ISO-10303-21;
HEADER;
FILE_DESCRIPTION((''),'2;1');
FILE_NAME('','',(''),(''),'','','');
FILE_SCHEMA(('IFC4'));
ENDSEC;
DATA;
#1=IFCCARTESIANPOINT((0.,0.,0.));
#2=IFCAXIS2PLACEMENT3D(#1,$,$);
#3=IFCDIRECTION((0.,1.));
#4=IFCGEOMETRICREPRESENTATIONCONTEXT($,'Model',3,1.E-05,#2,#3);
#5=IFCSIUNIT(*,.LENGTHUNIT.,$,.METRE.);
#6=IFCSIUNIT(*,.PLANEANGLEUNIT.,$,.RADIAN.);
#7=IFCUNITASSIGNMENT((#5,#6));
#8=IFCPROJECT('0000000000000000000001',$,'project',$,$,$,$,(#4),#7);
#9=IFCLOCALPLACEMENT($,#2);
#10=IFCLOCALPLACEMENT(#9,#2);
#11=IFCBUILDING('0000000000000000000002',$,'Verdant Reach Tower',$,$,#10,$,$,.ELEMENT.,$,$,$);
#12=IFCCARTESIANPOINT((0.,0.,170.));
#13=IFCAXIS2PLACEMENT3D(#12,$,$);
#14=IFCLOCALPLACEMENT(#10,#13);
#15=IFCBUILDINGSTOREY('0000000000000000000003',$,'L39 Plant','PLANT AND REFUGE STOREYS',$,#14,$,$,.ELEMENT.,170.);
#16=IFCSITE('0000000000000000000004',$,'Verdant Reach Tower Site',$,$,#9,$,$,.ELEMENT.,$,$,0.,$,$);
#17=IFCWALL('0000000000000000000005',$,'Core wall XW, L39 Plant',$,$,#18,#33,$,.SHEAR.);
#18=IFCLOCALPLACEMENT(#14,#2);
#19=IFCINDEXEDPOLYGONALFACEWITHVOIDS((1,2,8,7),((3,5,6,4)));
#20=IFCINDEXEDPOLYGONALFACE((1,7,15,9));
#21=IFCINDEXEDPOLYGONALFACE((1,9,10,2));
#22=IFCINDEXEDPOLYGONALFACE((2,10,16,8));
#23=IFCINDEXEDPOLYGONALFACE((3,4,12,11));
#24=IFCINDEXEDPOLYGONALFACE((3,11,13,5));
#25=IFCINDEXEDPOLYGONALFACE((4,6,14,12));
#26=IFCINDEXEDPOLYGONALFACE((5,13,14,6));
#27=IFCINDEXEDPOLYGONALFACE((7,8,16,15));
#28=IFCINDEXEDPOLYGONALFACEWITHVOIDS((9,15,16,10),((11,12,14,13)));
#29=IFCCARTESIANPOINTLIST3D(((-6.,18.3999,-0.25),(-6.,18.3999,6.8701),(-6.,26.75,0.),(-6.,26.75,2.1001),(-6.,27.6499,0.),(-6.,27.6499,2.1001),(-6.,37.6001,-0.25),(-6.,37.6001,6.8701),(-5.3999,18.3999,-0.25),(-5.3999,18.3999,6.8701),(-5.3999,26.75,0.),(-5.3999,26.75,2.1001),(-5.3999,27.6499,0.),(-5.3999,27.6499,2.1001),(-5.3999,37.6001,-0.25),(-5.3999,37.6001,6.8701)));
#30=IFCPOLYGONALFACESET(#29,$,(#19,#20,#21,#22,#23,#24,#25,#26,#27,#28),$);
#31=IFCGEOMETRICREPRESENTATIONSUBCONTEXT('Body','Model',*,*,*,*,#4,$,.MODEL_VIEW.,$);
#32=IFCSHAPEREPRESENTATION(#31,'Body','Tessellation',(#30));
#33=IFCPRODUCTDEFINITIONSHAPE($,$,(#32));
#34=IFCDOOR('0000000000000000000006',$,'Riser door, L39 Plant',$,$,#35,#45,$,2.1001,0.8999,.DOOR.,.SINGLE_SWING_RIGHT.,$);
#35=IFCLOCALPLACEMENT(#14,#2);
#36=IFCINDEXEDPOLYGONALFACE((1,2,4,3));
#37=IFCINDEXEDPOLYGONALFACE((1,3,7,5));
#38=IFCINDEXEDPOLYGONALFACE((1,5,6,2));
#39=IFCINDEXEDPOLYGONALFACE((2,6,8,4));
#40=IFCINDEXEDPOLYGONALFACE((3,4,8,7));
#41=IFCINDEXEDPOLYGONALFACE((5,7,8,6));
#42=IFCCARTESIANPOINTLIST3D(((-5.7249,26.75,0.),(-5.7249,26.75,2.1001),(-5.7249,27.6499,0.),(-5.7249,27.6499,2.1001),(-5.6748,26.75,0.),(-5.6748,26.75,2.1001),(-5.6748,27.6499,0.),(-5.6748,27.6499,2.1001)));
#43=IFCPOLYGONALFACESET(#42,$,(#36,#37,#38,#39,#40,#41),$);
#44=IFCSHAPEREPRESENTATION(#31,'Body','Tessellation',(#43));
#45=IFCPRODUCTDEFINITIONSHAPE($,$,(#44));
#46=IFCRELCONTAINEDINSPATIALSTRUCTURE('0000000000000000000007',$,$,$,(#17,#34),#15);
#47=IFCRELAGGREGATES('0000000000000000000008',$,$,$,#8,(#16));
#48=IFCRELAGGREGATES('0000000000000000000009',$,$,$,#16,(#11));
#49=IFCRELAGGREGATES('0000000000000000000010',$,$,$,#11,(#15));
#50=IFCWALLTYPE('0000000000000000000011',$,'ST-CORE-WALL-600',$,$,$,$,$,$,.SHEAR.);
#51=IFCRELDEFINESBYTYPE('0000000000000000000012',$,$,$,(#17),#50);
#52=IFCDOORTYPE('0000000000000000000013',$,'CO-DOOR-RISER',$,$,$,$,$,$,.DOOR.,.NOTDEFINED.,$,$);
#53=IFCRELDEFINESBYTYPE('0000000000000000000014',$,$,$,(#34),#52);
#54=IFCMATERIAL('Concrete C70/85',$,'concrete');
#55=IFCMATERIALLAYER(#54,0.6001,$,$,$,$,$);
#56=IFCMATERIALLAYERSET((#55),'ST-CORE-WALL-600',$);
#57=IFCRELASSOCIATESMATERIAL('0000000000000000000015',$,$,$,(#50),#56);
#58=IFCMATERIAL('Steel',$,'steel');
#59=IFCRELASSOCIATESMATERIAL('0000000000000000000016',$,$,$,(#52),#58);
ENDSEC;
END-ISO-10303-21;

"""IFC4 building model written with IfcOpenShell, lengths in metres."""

from ifc_helpers import new_model, si_unit, direction, frame, frame_2d, origin, place, context, subcontext, project, spatial, rectangle, extrude, material, layer, layer_set, type_object, element, fill, save


model = new_model("IFC4")

# Units and contexts
model_context = context("Model", 3, precision=1e-05, world=origin(), true_north=direction((0.0, 1.0)))
body_context = subcontext(model_context, "Body", "Model", "MODEL_VIEW")
ifc_project = project(units=[si_unit("LENGTHUNIT", "METRE"), si_unit("PLANEANGLEUNIT", "RADIAN")], contexts=[model_context])

# Site, building, storey
site_placement = place(None, origin())
site = spatial("IfcSite", under=ifc_project, at=site_placement, Name="Verdant Reach Tower Site", CompositionType="ELEMENT", RefElevation=0.0)
building_placement = place(site_placement, origin())
building = spatial("IfcBuilding", under=site, at=building_placement, Name="Verdant Reach Tower", CompositionType="ELEMENT")
storey_placement = place(building_placement, frame((0.0, 0.0, 170.0)))
storey = spatial("IfcBuildingStorey", under=building, at=storey_placement, Name="L39 Plant", Description="PLANT AND REFUGE STOREYS", CompositionType="ELEMENT", Elevation=170.0)

# Shared definitions
ifc_material_1 = material(Name="Concrete C70/85", Category="concrete")

# Shared definitions
ifc_material_2 = material(Name="Steel", Category="steel")

# Wall, opening, door
ifc_layer_1 = layer(ifc_material_1, 0.6001)
ifc_layer_set_1 = layer_set([ifc_layer_1], Name="ST-CORE-WALL-600")
wall_type_1 = type_object("IfcWallType", Name="ST-CORE-WALL-600", PredefinedType="SHEAR", material=ifc_layer_set_1)
wall_1_placement = place(storey_placement, frame((-5.7, 18.3999, -0.25), z_axis=(0.0, 0.0, 1.0), x_axis=(0.0, 1.0, 0.0)))
wall_1 = element("IfcWall", 1, at=wall_1_placement, inside=storey, type_object=wall_type_1, Name="Core wall XW, L39 Plant", PredefinedType="SHEAR", context=body_context, shape_type="SweptSolid", body=[
    extrude(rectangle(XDim=19.2002, YDim=0.6001, at=frame_2d((9.6001, 0.0))), origin(), (0.0, 0.0, 1.0), 7.1201),
])
opening_1_placement = place(wall_1_placement, frame((8.3501, 0.0, 0.25)))
opening_1 = element("IfcOpeningElement", 2, at=opening_1_placement, cuts=wall_1, PredefinedType="OPENING", context=body_context, shape_type="SweptSolid", body=[
    extrude(rectangle(XDim=0.8999, YDim=2.1001, at=frame_2d((0.45, 1.05))), frame((0.0, 0.3101, 0.0), z_axis=(0.0, -1.0, 0.0), x_axis=(1.0, 0.0, 0.0)), (0.0, 0.0, 1.0), 0.6201),
])
door_type_1 = type_object("IfcDoorType", Name="CO-DOOR-RISER", OperationType="NOTDEFINED", PredefinedType="DOOR", material=ifc_material_2)
door_1_placement = place(opening_1_placement, origin())
door_1 = element("IfcDoor", 3, at=door_1_placement, inside=storey, type_object=door_type_1, Name="Riser door, L39 Plant", OperationType="SINGLE_SWING_RIGHT", OverallHeight=2.1001, OverallWidth=0.8999, PredefinedType="DOOR", context=body_context, shape_type="SweptSolid", body=[
    extrude(rectangle(XDim=0.8999, YDim=2.1001, at=frame_2d((0.45, 1.05))), frame((0.0, 0.0249, 0.0), z_axis=(0.0, -1.0, 0.0), x_axis=(1.0, 0.0, 0.0)), (0.0, 0.0, 1.0), 0.05),
])
fill(opening_1, door_1)

save(model, "model.ifc")
